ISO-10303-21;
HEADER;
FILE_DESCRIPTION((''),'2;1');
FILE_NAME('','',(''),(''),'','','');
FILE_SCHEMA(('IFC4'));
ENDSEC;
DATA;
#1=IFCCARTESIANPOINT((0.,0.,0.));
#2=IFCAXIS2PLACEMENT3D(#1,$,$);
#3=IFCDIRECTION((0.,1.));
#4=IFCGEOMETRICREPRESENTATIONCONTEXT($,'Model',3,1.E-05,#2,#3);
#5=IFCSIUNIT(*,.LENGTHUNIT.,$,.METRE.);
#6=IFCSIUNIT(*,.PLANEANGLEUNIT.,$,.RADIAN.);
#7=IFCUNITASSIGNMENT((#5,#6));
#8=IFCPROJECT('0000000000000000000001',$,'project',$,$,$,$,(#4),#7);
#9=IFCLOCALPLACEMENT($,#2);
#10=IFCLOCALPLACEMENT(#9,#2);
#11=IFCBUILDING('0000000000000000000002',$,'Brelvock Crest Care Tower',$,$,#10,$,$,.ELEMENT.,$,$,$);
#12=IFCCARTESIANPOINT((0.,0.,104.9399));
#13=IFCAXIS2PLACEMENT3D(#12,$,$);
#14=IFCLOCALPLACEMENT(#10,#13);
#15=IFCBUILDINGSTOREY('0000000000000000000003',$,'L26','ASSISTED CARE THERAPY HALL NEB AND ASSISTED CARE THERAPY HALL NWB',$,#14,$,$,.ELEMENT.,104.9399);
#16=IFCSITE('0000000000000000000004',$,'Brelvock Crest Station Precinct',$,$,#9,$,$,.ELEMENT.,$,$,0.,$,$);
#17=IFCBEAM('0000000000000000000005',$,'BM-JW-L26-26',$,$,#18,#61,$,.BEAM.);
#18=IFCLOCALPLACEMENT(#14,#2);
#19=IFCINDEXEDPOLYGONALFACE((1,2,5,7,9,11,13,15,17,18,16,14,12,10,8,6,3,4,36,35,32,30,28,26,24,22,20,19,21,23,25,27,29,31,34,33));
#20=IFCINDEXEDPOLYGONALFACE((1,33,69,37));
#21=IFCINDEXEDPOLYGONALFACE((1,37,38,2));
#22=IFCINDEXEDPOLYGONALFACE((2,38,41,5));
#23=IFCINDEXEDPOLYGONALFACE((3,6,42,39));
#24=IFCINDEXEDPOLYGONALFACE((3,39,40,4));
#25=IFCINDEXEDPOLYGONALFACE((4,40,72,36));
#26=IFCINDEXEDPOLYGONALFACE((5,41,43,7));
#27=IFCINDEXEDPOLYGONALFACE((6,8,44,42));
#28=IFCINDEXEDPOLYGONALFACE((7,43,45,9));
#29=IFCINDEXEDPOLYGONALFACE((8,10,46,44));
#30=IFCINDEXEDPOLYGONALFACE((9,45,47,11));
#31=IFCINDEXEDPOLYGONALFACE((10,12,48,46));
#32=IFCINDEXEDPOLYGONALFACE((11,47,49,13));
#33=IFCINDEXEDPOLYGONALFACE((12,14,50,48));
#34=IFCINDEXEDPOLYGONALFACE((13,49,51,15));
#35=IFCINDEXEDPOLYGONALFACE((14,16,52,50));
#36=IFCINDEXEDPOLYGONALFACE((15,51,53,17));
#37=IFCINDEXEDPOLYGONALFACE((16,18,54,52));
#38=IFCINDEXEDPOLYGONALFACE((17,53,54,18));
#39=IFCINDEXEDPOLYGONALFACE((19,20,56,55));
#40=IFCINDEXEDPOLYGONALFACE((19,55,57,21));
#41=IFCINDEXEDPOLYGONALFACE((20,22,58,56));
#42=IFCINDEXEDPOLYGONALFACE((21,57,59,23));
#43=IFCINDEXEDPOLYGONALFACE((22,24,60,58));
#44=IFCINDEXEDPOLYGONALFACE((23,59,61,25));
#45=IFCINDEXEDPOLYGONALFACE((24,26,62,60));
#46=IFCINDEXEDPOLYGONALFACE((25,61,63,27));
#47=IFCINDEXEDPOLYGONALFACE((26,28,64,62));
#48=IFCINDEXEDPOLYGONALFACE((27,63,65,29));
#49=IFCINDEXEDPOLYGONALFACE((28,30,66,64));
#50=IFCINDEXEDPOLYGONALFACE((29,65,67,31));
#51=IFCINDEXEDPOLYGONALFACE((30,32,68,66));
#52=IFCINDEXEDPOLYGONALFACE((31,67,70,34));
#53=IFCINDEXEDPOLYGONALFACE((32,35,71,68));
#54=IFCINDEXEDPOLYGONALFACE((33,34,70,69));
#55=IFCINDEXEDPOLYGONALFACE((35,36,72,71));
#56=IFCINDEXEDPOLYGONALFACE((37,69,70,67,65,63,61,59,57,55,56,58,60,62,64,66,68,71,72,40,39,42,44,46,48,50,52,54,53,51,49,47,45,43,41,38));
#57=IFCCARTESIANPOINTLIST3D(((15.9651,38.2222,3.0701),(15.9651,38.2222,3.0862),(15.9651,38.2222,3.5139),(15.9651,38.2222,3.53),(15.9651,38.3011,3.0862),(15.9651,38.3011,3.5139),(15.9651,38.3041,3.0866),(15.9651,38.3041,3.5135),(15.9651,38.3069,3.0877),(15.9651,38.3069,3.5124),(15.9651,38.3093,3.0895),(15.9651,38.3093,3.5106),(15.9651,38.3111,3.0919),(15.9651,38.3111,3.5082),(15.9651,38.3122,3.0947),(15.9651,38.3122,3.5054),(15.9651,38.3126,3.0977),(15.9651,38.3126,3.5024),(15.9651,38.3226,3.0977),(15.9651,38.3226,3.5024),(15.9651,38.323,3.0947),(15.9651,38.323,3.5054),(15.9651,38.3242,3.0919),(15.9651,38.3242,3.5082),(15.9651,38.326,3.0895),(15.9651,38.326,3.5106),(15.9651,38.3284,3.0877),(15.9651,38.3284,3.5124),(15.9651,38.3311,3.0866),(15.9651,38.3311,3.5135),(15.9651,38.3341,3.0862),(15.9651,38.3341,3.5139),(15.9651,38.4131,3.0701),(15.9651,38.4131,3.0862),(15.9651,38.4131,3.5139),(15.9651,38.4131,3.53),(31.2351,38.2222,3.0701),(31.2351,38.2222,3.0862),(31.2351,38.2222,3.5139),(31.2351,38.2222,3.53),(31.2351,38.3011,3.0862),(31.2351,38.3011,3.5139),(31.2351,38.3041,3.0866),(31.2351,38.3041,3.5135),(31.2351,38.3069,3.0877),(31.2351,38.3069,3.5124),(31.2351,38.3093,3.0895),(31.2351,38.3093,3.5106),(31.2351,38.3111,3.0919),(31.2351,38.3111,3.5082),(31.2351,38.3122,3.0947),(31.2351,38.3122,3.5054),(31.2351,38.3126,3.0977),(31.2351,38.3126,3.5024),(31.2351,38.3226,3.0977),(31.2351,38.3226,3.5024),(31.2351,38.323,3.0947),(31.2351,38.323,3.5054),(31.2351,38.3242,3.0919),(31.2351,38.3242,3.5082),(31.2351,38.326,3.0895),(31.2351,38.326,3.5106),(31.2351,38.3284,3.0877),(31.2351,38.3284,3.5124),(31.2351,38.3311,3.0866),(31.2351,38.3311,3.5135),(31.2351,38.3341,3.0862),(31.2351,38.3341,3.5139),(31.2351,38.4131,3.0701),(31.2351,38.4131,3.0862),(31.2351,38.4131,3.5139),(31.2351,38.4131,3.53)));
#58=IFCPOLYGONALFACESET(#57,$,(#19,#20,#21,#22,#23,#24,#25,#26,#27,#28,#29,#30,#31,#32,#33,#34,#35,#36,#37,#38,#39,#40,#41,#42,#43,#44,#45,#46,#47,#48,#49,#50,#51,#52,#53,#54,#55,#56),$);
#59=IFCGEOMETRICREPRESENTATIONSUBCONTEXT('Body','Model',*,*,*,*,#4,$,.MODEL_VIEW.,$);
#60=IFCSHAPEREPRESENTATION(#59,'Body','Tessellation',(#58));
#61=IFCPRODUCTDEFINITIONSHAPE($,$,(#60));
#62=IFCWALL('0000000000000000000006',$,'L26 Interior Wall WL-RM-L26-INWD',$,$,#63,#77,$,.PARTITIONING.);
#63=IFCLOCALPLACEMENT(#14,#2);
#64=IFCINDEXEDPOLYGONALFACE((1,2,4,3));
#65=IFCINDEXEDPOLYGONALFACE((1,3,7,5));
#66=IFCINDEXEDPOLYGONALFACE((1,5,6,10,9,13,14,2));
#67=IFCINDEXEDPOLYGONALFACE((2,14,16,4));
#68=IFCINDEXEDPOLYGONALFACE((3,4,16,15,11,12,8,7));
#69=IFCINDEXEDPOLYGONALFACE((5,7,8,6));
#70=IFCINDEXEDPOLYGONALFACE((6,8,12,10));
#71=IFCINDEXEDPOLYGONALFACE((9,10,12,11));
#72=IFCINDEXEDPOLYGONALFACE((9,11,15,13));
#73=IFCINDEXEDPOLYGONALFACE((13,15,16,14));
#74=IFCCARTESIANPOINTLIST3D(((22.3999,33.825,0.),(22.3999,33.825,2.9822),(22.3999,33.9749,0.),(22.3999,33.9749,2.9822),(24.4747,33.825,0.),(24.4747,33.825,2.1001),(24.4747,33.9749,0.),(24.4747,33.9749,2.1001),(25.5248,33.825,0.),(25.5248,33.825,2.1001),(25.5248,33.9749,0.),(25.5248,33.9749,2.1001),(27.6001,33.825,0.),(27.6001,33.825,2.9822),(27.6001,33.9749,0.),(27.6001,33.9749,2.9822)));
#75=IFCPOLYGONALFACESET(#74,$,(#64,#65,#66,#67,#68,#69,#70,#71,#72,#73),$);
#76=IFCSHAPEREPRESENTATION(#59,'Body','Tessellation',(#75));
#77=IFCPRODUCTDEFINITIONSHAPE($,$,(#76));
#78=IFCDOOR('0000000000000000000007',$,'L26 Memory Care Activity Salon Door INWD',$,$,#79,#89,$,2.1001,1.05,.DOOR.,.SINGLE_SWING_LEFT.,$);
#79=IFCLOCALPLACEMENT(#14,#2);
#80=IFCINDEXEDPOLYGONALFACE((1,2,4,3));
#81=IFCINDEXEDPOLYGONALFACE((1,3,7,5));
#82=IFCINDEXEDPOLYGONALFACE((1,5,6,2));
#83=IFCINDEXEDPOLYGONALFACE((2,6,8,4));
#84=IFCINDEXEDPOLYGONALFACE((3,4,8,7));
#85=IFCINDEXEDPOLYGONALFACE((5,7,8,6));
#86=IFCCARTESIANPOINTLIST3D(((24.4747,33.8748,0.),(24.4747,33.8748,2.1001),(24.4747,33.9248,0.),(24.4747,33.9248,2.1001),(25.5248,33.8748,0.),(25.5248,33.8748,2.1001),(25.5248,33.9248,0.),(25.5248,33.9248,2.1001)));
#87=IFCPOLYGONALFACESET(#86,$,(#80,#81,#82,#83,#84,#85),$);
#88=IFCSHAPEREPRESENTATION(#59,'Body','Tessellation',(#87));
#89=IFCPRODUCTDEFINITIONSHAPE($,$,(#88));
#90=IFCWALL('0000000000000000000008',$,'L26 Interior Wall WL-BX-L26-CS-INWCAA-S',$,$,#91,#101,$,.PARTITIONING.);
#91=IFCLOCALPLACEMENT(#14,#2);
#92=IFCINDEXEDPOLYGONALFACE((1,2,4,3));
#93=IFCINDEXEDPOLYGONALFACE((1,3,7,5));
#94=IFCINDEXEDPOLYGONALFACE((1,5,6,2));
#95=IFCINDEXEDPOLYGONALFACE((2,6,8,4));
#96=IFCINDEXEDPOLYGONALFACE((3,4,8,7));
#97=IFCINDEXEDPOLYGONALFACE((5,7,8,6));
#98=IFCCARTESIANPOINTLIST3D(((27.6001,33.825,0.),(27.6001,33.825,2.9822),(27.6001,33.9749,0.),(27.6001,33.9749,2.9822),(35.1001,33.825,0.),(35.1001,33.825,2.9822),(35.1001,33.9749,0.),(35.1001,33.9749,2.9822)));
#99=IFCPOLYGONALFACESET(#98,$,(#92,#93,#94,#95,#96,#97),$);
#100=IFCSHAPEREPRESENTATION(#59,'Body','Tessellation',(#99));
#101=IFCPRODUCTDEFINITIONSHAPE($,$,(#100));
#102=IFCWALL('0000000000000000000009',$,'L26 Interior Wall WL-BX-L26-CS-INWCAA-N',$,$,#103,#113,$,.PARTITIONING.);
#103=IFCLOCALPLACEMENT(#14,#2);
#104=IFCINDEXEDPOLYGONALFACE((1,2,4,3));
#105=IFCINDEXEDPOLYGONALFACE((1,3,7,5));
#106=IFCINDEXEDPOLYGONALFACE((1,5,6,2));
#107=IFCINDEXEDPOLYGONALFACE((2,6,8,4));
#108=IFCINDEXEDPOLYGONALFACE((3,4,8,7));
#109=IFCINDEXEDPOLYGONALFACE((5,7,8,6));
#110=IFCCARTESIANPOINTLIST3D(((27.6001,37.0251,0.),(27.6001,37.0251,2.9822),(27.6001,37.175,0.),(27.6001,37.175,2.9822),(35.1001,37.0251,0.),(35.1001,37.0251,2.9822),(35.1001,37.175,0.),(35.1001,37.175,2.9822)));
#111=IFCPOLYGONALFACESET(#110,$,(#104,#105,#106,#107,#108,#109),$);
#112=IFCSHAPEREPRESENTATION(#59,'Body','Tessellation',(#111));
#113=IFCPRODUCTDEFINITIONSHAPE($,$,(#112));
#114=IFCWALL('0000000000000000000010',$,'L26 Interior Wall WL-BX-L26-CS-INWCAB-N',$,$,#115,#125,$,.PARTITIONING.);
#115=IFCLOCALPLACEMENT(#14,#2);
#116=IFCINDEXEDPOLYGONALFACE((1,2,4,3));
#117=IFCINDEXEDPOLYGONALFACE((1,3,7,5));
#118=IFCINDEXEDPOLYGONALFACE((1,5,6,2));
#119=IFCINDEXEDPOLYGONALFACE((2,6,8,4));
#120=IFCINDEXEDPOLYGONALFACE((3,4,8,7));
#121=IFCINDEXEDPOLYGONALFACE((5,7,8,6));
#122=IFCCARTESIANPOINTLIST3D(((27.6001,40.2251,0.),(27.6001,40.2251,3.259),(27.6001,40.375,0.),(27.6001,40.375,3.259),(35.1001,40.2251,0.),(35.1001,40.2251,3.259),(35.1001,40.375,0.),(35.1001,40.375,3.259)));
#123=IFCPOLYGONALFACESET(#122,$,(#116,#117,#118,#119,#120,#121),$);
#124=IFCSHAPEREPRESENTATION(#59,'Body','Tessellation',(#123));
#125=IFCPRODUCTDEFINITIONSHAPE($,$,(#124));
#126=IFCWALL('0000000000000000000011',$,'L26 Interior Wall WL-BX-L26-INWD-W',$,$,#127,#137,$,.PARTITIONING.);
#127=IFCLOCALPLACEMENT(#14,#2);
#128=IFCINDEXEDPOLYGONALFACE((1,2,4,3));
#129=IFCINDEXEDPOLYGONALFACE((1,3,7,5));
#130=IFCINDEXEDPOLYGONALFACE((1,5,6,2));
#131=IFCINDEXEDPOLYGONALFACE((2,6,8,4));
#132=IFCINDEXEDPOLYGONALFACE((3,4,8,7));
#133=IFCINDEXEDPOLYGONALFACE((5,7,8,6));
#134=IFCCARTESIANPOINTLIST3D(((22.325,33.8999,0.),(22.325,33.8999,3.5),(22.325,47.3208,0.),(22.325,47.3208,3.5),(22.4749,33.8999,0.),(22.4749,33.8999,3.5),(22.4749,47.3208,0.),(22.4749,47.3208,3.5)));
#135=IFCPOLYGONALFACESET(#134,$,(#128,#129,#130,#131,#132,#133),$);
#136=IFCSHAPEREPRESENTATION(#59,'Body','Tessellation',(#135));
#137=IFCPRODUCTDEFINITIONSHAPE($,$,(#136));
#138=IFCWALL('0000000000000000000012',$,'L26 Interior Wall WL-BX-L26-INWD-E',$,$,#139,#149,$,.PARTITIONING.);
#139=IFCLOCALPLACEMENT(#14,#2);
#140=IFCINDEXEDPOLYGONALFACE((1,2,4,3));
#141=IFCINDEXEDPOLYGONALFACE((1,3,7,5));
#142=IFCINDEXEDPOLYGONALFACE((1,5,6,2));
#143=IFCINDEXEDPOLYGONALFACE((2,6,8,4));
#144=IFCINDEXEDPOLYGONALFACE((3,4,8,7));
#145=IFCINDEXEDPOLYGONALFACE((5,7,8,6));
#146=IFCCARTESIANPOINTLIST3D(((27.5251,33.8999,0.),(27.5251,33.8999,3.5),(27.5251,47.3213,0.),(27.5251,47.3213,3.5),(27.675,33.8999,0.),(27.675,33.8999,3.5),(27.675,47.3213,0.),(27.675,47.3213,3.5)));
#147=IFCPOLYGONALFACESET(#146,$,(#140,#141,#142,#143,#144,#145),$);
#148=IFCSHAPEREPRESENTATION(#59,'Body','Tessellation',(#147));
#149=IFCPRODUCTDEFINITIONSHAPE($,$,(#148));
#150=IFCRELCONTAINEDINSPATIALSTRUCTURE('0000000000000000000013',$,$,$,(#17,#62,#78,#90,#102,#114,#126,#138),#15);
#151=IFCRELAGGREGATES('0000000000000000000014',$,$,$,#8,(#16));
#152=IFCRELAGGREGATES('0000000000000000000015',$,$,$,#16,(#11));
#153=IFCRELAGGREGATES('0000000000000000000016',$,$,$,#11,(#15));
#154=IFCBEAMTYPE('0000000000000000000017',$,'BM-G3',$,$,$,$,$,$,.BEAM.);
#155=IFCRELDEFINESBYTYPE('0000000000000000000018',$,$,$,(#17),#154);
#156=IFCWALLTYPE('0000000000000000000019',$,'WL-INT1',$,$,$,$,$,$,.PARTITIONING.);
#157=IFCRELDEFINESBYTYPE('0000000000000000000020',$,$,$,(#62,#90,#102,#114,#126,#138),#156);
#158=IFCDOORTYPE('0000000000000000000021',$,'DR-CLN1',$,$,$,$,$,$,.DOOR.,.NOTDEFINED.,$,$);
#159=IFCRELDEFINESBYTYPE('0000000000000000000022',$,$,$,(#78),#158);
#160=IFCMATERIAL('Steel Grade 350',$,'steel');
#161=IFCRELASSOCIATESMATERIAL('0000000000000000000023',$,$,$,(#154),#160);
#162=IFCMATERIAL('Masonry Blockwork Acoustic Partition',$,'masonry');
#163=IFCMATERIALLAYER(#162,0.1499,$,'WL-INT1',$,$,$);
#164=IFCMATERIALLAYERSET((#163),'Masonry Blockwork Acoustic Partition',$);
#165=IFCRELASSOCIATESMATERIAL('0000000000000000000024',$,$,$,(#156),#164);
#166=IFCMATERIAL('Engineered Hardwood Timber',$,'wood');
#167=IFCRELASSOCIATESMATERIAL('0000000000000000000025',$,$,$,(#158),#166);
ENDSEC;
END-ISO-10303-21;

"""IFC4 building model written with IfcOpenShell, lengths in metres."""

from ifc_helpers import new_model, si_unit, direction, frame, frame_2d, origin, origin_2d, place, context, subcontext, project, spatial, rectangle, i_section, extrude, source, transform, mapped, material, layer, layer_set, material_profile, profile_set, type_object, element, fill, save


model = new_model("IFC4")

# Units and contexts
model_context = context("Model", 3, precision=1e-05, world=origin(), true_north=direction((0.0, 1.0)))
body_context = subcontext(model_context, "Body", "Model", "MODEL_VIEW")
ifc_project = project(units=[si_unit("LENGTHUNIT", "METRE"), si_unit("PLANEANGLEUNIT", "RADIAN")], contexts=[model_context])

# Site, building, storey
site_placement = place(None, origin())
site = spatial("IfcSite", under=ifc_project, at=site_placement, Name="Brelvock Crest Station Precinct", CompositionType="ELEMENT", RefElevation=0.0)
building_placement = place(site_placement, origin())
building = spatial("IfcBuilding", under=site, at=building_placement, Name="Brelvock Crest Care Tower", CompositionType="ELEMENT")
storey_placement = place(building_placement, frame((0.0, 0.0, 104.9399)))
storey = spatial("IfcBuildingStorey", under=building, at=storey_placement, Name="L26", Description="ASSISTED CARE THERAPY HALL NEB AND ASSISTED CARE THERAPY HALL NWB", CompositionType="ELEMENT", Elevation=104.9399)

# Beam
ifc_material_1 = material(Name="Steel Grade 350", Category="steel")
ifc_material_profile_1 = material_profile(ifc_material_1, i_section(OverallWidth=0.1909, OverallDepth=0.46, WebThickness=0.01, FlangeThickness=0.0161, FilletRadius=0.0115, at=origin_2d()), Name="460UB82.1")
ifc_profile_set_1 = profile_set([ifc_material_profile_1], Name="Steel Grade 350")
beam_type_1 = type_object("IfcBeamType", Name="BM-G3", PredefinedType="BEAM", material=ifc_profile_set_1)
shared_shape_1 = source(origin(), body_context, "Body", "SweptSolid", [
    extrude(i_section(OverallWidth=0.1909, OverallDepth=0.46, WebThickness=0.01, FlangeThickness=0.0161, FilletRadius=0.0115, at=origin_2d()), origin(), (0.0, 0.0, 1.0), 15.27),
])
for number, where, z_axis, x_axis, name in (
    (1, (15.9651, 38.3176, 3.3), (1.0, 0.0, 0.0), (0.0, 1.0, 0.0), "BM-JW-L26-26"),
):
    element("IfcBeam", number, at=place(storey_placement, frame(where, z_axis=z_axis, x_axis=x_axis)), inside=storey, type_object=beam_type_1, Name=name, PredefinedType="BEAM", context=body_context, shape_type="MappedRepresentation", body=[
        mapped(shared_shape_1, transform((0.0, 0.0, 0.0), x_axis=(1.0, 0.0, 0.0), y_axis=(0.0, 1.0, 0.0), z_axis=(0.0, 0.0, 1.0), scale=1.0)),
    ])

# Wall, opening, door
ifc_material_2 = material(Name="Masonry Blockwork Acoustic Partition", Category="masonry")
ifc_layer = layer(ifc_material_2, 0.1499, Name="WL-INT1")
ifc_layer_set = layer_set([ifc_layer], Name="Masonry Blockwork Acoustic Partition")
wall_type = type_object("IfcWallType", Name="WL-INT1", PredefinedType="PARTITIONING", material=ifc_layer_set)
wall_1_placement = place(storey_placement, frame((22.3999, 33.8999, 0.0), z_axis=(0.0, 0.0, 1.0), x_axis=(1.0, 0.0, 0.0)))
wall_1 = element("IfcWall", 2, at=wall_1_placement, inside=storey, type_object=wall_type, Name="L26 Interior Wall WL-RM-L26-INWD", PredefinedType="PARTITIONING", context=body_context, shape_type="SweptSolid", body=[
    extrude(rectangle(XDim=5.2002, YDim=0.1499, at=frame_2d((2.6001, 0.0))), origin(), (0.0, 0.0, 1.0), 2.9822),
])
opening_placement = place(wall_1_placement, frame((2.075, 0.0, 0.0)))
opening = element("IfcOpeningElement", 3, at=opening_placement, cuts=wall_1, PredefinedType="OPENING", context=body_context, shape_type="SweptSolid", body=[
    extrude(rectangle(XDim=1.05, YDim=2.1001, at=origin_2d()), frame((0.5249, 0.085, 1.05), z_axis=(0.0, -1.0, 0.0), x_axis=(1.0, 0.0, 0.0)), (0.0, 0.0, 1.0), 0.1699),
])
ifc_material_3 = material(Name="Engineered Hardwood Timber", Category="wood")
door_type = type_object("IfcDoorType", Name="DR-CLN1", OperationType="NOTDEFINED", PredefinedType="DOOR", material=ifc_material_3)
shared_shape_2 = source(origin(), body_context, "Body", "SweptSolid", [
    extrude(rectangle(XDim=1.05, YDim=2.1001, at=origin_2d()), frame((0.5249, 0.0249, 1.05), z_axis=(0.0, -1.0, 0.0), x_axis=(1.0, 0.0, 0.0)), (0.0, 0.0, 1.0), 0.05),
])
door_placement = place(opening_placement, origin())
door = element("IfcDoor", 4, at=door_placement, inside=storey, type_object=door_type, Name="L26 Memory Care Activity Salon Door INWD", OperationType="SINGLE_SWING_LEFT", OverallHeight=2.1001, OverallWidth=1.05, PredefinedType="DOOR", context=body_context, shape_type="MappedRepresentation", body=[
    mapped(shared_shape_2, transform((0.0, 0.0, 0.0), x_axis=(1.0, 0.0, 0.0), y_axis=(0.0, 1.0, 0.0), z_axis=(0.0, 0.0, 1.0), scale=1.0)),
])
fill(opening, door)

# Walls
for number, where, z_axis, x_axis, name in (
    (5, (27.6001, 33.8999, 0.0), (0.0, 0.0, 1.0), (1.0, 0.0, 0.0), "L26 Interior Wall WL-BX-L26-CS-INWCAA-S"),
    (6, (27.6001, 37.1001, 0.0), (0.0, 0.0, 1.0), (1.0, 0.0, 0.0), "L26 Interior Wall WL-BX-L26-CS-INWCAA-N"),
):
    element("IfcWall", number, at=place(storey_placement, frame(where, z_axis=z_axis, x_axis=x_axis)), inside=storey, type_object=wall_type, Name=name, PredefinedType="PARTITIONING", context=body_context, shape_type="SweptSolid", body=[
        extrude(rectangle(XDim=7.5, YDim=0.1499, at=frame_2d((3.75, 0.0))), origin(), (0.0, 0.0, 1.0), 2.9822),
    ])
wall_2_placement = place(storey_placement, frame((27.6001, 40.3, 0.0), z_axis=(0.0, 0.0, 1.0), x_axis=(1.0, 0.0, 0.0)))
element("IfcWall", 7, at=wall_2_placement, inside=storey, type_object=wall_type, Name="L26 Interior Wall WL-BX-L26-CS-INWCAB-N", PredefinedType="PARTITIONING", context=body_context, shape_type="SweptSolid", body=[
    extrude(rectangle(XDim=7.5, YDim=0.1499, at=frame_2d((3.75, 0.0))), origin(), (0.0, 0.0, 1.0), 3.259),
])
wall_3_placement = place(storey_placement, frame((22.3999, 33.8999, 0.0), z_axis=(0.0, 0.0, 1.0), x_axis=(0.0, 1.0, 0.0)))
element("IfcWall", 8, at=wall_3_placement, inside=storey, type_object=wall_type, Name="L26 Interior Wall WL-BX-L26-INWD-W", PredefinedType="PARTITIONING", context=body_context, shape_type="SweptSolid", body=[
    extrude(rectangle(XDim=13.4209, YDim=0.1499, at=frame_2d((6.7104, 0.0))), origin(), (0.0, 0.0, 1.0), 3.5),
])
wall_4_placement = place(storey_placement, frame((27.6001, 33.8999, 0.0), z_axis=(0.0, 0.0, 1.0), x_axis=(0.0, 1.0, 0.0)))
element("IfcWall", 9, at=wall_4_placement, inside=storey, type_object=wall_type, Name="L26 Interior Wall WL-BX-L26-INWD-E", PredefinedType="PARTITIONING", context=body_context, shape_type="SweptSolid", body=[
    extrude(rectangle(XDim=13.4214, YDim=0.1499, at=frame_2d((6.7107, 0.0))), origin(), (0.0, 0.0, 1.0), 3.5),
])

save(model, "model.ifc")
